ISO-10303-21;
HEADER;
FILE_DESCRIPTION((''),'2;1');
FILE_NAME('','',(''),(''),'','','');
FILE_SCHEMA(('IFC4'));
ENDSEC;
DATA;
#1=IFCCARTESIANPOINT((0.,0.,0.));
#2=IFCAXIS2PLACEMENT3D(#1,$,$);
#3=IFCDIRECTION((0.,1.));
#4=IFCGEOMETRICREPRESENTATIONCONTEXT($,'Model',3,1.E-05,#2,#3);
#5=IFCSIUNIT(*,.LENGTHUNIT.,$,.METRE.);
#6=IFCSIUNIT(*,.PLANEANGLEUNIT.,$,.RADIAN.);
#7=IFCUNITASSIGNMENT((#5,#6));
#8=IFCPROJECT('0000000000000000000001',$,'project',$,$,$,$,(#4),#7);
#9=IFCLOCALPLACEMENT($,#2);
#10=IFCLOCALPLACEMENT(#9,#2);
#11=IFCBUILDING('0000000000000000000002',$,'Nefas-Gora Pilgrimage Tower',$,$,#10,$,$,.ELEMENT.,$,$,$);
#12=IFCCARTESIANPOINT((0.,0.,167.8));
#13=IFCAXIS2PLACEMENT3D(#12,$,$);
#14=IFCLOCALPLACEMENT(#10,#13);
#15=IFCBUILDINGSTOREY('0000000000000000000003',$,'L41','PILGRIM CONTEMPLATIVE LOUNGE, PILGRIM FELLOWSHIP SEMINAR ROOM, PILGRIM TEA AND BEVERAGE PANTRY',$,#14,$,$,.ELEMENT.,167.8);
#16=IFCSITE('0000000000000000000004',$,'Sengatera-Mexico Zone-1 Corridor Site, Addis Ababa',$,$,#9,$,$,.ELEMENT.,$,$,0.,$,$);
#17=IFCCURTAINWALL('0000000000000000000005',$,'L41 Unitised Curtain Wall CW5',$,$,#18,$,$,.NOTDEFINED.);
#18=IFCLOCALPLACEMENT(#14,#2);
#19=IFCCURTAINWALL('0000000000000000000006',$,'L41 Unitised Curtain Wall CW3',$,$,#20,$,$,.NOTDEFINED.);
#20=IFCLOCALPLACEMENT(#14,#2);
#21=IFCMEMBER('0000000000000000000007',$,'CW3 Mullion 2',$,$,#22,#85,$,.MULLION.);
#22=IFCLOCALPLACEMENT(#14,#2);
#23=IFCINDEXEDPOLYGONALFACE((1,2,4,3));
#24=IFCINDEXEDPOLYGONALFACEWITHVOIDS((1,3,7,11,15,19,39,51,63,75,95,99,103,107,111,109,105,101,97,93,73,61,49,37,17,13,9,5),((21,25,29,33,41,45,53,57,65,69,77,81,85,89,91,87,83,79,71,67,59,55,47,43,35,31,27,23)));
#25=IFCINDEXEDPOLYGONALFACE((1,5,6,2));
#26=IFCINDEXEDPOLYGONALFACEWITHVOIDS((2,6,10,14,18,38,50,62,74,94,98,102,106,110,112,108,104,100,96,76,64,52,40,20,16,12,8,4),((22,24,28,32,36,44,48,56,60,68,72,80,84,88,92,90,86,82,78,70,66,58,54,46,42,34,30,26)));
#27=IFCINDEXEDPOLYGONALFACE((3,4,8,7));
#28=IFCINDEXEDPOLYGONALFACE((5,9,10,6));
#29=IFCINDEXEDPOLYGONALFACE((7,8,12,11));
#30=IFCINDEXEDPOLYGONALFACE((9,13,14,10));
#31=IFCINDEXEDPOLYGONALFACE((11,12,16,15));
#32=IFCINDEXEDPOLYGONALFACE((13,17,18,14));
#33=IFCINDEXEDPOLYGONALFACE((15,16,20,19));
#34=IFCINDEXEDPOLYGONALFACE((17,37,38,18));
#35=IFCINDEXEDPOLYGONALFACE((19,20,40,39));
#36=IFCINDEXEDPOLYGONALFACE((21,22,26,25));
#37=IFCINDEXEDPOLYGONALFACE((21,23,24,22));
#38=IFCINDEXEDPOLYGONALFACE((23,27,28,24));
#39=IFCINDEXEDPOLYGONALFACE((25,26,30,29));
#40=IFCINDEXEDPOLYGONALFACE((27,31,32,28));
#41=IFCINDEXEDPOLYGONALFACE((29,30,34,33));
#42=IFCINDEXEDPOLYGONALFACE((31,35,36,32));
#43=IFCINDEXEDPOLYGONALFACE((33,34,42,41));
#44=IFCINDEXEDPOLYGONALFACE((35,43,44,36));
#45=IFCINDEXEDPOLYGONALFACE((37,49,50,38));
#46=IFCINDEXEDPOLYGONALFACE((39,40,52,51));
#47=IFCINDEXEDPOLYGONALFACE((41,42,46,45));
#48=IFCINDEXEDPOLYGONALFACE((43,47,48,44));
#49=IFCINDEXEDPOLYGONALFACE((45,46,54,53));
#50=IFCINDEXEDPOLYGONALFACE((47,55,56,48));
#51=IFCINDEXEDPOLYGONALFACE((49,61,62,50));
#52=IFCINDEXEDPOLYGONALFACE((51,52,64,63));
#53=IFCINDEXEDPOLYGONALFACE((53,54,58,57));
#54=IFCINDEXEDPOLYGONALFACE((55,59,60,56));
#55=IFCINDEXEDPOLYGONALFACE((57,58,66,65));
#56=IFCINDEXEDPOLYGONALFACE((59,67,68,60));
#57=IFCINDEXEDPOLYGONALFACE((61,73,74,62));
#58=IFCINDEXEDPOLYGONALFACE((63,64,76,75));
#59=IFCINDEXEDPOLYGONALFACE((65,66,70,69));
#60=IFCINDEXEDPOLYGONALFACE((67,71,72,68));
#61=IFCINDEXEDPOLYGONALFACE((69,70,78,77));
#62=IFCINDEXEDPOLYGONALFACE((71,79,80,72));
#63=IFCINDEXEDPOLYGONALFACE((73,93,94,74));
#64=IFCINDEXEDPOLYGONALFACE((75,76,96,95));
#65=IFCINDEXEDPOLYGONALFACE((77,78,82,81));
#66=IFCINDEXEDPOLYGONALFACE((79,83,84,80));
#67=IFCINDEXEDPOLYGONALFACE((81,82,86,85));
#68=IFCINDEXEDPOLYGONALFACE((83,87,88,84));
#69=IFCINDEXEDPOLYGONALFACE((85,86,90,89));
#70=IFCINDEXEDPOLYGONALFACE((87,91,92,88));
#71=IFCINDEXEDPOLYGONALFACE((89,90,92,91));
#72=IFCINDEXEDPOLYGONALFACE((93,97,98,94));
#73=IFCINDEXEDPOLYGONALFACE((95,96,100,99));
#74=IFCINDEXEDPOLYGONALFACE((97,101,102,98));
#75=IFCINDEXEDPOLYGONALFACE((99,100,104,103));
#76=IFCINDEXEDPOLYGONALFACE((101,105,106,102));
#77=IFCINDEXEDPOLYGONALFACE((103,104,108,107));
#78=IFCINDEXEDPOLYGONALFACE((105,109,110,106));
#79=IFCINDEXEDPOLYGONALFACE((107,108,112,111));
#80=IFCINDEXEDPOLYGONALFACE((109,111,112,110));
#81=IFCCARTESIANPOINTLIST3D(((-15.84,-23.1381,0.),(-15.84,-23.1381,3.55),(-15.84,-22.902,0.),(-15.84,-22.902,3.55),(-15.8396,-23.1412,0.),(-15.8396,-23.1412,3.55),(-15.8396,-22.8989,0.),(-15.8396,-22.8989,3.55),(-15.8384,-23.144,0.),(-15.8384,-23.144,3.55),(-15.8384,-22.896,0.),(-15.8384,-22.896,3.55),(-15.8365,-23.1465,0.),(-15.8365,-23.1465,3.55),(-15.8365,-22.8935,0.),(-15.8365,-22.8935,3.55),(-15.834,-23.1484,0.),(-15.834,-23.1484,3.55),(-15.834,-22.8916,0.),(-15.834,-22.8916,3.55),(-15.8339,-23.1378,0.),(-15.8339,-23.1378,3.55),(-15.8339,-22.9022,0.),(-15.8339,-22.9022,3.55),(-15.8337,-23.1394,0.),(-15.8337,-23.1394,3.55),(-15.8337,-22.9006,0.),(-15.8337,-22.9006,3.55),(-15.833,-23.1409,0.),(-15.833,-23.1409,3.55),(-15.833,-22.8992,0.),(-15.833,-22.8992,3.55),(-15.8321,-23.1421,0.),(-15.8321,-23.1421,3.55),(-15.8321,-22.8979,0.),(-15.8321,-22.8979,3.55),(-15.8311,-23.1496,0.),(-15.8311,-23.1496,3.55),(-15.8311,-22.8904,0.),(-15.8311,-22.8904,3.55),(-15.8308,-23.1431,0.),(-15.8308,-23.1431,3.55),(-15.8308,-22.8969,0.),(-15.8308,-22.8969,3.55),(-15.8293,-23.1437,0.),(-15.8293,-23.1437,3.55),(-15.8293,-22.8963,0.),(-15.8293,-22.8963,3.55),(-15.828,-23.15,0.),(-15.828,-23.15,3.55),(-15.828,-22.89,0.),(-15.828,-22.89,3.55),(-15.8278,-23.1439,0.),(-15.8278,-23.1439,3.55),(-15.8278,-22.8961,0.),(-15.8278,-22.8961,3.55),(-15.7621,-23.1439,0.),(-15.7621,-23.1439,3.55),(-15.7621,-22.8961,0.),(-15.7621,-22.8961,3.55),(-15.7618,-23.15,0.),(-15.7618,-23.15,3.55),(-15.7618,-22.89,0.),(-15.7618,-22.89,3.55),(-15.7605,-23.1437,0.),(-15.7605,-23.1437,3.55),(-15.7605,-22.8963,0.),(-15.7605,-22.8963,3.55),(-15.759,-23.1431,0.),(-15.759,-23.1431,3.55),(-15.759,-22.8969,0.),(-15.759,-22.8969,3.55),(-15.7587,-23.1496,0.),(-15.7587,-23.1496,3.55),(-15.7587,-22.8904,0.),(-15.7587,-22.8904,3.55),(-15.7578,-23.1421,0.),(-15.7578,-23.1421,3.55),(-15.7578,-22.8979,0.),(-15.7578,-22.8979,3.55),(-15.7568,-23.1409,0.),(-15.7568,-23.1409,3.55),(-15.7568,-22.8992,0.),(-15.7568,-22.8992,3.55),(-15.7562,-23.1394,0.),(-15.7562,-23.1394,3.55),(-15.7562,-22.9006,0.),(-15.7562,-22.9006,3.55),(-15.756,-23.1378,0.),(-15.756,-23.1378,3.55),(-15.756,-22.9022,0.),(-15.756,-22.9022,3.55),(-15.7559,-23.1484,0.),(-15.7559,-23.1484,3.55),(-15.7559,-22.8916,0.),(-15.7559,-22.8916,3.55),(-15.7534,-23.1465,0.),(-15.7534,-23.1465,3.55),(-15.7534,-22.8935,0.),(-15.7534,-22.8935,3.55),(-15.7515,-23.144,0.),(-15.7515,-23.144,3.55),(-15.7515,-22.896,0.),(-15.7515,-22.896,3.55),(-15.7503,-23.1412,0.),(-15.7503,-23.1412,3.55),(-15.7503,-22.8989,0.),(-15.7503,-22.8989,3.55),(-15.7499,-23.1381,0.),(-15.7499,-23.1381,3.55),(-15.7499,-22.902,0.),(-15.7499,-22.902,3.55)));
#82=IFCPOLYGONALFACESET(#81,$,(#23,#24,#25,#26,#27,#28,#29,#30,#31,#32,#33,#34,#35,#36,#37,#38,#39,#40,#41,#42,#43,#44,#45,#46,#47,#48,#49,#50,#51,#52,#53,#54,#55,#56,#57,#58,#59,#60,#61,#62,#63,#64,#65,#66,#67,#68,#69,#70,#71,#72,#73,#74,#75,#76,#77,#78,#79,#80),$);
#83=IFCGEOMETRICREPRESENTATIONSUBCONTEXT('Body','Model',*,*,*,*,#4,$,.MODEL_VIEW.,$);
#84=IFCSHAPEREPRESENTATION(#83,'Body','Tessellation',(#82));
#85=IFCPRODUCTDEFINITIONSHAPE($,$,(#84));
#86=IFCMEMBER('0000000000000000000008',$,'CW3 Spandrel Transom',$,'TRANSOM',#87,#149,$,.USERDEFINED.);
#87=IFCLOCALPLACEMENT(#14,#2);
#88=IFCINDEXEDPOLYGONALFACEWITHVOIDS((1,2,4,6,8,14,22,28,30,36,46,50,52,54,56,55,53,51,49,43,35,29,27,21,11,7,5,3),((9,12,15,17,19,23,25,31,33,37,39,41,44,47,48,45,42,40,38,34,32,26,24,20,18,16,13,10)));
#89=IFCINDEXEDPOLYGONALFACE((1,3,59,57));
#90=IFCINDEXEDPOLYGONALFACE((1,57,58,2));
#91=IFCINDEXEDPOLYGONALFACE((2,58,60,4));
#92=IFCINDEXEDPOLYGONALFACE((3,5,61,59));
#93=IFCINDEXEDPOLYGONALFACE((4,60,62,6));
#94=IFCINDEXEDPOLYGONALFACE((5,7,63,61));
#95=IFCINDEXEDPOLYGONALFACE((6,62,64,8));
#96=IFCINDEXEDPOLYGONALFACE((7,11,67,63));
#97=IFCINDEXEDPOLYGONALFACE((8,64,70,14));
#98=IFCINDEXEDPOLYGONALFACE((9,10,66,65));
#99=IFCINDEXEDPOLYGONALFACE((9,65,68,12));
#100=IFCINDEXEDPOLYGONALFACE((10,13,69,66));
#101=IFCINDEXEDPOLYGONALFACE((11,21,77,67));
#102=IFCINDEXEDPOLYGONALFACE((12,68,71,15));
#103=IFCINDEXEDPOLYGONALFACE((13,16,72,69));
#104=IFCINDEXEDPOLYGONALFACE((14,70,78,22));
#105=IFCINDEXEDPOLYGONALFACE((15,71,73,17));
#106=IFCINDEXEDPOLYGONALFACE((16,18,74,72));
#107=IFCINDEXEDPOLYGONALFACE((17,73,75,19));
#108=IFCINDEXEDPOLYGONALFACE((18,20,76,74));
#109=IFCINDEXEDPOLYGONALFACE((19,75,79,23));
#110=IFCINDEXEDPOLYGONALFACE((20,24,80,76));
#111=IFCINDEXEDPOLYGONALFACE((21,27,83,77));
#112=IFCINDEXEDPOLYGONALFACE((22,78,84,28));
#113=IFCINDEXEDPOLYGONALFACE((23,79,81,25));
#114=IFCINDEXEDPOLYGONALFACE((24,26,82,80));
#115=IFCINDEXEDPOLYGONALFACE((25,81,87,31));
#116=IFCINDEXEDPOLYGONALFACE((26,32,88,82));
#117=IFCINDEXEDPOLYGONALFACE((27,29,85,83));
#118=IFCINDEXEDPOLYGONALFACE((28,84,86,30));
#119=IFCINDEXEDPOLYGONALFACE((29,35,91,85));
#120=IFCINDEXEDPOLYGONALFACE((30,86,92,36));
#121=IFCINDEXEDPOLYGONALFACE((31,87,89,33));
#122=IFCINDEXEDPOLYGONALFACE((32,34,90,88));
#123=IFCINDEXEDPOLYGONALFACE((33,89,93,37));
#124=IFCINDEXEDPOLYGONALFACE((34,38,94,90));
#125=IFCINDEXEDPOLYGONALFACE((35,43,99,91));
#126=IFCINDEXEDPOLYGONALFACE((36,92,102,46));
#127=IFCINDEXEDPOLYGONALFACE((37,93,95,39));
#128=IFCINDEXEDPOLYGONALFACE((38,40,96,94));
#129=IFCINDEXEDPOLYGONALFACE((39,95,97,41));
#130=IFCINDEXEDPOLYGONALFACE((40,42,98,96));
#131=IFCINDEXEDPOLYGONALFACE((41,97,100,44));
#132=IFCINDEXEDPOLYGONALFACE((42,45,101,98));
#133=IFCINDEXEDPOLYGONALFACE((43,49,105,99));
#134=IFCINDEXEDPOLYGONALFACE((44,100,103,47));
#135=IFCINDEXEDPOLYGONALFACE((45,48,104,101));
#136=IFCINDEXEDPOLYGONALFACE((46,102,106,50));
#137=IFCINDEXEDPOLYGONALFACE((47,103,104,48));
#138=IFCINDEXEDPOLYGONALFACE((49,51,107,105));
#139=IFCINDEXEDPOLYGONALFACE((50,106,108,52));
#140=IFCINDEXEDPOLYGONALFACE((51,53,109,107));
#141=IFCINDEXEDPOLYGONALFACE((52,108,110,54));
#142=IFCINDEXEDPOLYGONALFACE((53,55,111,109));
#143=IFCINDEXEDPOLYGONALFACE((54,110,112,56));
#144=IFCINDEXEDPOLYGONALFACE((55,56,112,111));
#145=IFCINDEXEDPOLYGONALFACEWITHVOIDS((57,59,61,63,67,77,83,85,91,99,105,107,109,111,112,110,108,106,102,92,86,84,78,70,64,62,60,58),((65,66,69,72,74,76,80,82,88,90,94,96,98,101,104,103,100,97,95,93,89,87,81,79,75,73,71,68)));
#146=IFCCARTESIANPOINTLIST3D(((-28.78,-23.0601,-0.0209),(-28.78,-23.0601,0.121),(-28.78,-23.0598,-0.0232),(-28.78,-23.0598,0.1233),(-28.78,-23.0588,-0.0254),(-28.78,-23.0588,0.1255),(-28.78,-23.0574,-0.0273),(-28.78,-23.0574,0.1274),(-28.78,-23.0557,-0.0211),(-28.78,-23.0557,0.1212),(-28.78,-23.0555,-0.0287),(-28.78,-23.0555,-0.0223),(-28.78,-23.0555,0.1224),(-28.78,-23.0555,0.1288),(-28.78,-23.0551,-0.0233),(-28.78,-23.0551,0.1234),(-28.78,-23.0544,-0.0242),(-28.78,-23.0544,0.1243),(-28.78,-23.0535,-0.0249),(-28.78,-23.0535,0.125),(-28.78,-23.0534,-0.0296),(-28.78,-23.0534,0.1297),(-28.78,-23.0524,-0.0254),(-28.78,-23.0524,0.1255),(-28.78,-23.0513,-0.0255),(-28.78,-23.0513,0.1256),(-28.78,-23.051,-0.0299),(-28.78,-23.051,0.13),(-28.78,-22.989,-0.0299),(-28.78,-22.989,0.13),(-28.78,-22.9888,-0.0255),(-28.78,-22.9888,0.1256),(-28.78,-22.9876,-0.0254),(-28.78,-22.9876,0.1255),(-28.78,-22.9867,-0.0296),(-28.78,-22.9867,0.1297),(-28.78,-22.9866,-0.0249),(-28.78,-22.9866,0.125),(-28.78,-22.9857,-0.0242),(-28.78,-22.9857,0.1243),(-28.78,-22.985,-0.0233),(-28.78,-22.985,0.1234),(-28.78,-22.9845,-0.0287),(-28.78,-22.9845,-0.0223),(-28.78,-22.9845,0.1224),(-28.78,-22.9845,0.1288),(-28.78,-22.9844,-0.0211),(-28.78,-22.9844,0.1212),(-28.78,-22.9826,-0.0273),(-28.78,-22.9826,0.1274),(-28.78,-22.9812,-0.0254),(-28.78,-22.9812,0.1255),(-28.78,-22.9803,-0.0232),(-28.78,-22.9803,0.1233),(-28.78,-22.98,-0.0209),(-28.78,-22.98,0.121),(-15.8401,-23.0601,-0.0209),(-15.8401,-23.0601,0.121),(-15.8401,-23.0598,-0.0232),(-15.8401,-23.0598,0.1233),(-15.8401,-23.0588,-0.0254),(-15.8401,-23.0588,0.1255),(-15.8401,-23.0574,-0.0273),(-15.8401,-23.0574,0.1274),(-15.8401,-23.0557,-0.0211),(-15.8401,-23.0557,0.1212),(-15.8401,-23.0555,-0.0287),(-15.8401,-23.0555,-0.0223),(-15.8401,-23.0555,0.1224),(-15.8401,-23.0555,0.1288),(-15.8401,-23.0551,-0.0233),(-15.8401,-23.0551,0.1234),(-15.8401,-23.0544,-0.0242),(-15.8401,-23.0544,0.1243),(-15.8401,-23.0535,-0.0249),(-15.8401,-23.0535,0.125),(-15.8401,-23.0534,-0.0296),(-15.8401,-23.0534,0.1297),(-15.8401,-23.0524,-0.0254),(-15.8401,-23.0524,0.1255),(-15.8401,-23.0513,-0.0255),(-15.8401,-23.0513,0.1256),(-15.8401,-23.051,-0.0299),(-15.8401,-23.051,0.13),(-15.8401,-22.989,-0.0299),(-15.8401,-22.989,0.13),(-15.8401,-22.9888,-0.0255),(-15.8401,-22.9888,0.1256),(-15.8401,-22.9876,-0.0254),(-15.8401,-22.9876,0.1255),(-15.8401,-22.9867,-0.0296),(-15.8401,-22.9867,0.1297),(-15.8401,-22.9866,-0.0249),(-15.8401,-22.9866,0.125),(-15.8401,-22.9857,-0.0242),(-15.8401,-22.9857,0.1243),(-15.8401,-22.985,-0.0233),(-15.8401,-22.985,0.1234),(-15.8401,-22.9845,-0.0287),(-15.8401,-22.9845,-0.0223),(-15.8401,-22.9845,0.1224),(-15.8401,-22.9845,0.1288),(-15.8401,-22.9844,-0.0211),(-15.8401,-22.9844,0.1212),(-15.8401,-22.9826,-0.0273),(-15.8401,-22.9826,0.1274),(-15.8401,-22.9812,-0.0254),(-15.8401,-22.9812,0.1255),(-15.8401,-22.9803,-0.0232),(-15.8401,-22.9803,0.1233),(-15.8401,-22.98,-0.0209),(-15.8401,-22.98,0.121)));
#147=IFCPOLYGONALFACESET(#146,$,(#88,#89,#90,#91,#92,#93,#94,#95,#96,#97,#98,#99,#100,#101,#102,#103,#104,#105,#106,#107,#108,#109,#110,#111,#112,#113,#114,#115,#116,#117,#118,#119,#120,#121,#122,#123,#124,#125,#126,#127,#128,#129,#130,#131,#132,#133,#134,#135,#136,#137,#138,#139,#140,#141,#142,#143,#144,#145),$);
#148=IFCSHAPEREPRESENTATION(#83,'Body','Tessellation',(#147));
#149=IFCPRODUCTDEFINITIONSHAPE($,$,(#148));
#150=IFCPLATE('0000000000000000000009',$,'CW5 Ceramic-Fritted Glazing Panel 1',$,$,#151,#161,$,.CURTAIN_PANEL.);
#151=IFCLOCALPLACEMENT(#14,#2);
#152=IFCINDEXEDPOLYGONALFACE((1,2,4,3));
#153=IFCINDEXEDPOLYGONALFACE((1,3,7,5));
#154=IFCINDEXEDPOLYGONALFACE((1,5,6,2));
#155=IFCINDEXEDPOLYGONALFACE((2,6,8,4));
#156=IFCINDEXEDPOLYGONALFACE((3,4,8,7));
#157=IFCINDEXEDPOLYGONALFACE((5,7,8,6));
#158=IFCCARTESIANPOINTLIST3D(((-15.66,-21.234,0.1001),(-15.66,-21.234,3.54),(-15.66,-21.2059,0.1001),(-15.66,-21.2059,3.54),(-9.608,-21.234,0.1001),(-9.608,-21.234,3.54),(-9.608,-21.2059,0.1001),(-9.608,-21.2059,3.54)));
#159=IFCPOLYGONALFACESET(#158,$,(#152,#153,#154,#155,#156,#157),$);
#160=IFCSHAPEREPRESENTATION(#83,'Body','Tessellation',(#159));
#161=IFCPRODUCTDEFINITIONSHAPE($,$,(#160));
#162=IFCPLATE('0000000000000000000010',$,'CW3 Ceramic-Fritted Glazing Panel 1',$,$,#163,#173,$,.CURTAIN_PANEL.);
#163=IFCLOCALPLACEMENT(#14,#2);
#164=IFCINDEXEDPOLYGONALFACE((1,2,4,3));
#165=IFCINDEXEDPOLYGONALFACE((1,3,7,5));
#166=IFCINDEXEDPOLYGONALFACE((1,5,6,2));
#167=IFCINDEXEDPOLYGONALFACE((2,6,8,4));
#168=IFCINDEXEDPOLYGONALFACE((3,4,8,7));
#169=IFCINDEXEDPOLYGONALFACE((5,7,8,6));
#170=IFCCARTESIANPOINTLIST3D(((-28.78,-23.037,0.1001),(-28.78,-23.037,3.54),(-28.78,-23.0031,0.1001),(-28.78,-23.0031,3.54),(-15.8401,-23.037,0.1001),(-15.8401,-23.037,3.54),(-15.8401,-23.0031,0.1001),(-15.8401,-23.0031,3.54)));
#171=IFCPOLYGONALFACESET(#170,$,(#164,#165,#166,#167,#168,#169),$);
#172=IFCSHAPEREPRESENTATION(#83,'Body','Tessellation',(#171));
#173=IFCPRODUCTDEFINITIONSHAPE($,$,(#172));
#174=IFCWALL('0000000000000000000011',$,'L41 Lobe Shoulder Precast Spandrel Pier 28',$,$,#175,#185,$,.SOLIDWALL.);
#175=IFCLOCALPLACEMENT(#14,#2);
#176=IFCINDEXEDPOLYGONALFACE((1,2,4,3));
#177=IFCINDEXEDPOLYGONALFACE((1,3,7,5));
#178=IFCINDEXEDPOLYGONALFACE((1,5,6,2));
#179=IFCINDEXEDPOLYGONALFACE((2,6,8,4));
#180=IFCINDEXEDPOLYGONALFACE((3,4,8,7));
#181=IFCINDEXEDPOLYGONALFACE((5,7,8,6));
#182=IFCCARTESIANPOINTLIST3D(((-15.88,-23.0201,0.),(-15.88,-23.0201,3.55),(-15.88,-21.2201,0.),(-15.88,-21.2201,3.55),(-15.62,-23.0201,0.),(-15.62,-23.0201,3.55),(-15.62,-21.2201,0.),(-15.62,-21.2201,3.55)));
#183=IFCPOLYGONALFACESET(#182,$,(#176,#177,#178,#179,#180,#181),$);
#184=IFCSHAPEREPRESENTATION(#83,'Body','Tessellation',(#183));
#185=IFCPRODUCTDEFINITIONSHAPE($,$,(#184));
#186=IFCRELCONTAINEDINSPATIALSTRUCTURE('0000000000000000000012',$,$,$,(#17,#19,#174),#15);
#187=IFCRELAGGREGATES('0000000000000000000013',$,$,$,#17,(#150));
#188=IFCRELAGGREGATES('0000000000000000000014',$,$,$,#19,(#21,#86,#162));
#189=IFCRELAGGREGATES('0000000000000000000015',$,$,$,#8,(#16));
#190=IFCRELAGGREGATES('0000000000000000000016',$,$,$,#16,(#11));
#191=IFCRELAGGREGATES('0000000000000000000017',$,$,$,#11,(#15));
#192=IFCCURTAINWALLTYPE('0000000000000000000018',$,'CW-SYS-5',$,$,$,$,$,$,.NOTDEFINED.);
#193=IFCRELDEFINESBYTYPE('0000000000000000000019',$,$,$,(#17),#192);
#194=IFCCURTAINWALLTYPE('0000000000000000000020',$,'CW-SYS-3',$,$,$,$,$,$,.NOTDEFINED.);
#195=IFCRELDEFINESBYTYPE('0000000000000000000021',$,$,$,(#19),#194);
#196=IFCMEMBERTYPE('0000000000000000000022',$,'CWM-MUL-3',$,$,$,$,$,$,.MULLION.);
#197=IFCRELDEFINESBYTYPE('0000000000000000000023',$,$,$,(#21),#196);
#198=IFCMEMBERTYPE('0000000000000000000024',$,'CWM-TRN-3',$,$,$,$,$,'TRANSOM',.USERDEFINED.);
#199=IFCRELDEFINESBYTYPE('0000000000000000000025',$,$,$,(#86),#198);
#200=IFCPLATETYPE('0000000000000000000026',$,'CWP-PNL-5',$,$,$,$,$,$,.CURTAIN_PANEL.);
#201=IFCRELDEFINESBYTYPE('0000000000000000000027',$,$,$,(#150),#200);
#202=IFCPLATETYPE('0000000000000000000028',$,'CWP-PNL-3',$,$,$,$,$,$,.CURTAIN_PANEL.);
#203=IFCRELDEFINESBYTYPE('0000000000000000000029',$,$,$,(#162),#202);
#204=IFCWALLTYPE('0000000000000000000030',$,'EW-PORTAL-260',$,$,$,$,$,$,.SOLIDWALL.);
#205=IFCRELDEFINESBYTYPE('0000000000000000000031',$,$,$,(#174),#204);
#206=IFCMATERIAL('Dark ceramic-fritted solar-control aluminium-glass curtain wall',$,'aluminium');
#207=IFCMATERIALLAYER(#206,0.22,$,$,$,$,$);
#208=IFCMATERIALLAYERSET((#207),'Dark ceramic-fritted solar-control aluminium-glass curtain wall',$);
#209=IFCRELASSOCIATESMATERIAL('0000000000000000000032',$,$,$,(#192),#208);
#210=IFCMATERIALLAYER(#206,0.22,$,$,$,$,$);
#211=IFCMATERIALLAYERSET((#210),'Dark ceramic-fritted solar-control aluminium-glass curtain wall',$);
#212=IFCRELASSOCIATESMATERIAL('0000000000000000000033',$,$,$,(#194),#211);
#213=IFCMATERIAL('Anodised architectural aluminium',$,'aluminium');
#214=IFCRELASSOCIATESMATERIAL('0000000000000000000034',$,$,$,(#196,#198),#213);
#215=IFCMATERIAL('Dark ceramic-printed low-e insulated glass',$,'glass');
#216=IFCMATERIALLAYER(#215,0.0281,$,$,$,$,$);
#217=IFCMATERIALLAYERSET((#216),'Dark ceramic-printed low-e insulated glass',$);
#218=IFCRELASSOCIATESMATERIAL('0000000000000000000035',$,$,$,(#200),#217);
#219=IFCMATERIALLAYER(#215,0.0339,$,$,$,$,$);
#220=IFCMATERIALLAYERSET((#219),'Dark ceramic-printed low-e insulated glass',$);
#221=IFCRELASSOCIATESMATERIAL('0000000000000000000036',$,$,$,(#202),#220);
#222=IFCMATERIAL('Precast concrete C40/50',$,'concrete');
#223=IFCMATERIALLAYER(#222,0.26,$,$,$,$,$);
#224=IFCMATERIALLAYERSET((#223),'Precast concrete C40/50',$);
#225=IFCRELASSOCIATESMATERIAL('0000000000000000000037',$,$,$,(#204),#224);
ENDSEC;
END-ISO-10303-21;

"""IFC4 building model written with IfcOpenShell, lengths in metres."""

from ifc_helpers import new_model, si_unit, direction, frame, frame_2d, origin, origin_2d, place, context, subcontext, project, spatial, rectangle, hollow_rectangle, extrude, source, transform, mapped, material, layer, layer_set, material_profile, profile_set, type_object, element, aggregate, save


model = new_model("IFC4")

# Units and contexts
model_context = context("Model", 3, precision=1e-05, world=origin(), true_north=direction((0.0, 1.0)))
body_context = subcontext(model_context, "Body", "Model", "MODEL_VIEW")
ifc_project = project(units=[si_unit("LENGTHUNIT", "METRE"), si_unit("PLANEANGLEUNIT", "RADIAN")], contexts=[model_context])

# Site, building, storey
site_placement = place(None, origin())
site = spatial("IfcSite", under=ifc_project, at=site_placement, Name="Sengatera-Mexico Zone-1 Corridor Site, Addis Ababa", CompositionType="ELEMENT", RefElevation=0.0)
building_placement = place(site_placement, origin())
building = spatial("IfcBuilding", under=site, at=building_placement, Name="Nefas-Gora Pilgrimage Tower", CompositionType="ELEMENT")
storey_placement = place(building_placement, frame((0.0, 0.0, 167.8)))
storey = spatial("IfcBuildingStorey", under=building, at=storey_placement, Name="L41", Description="PILGRIM CONTEMPLATIVE LOUNGE, PILGRIM FELLOWSHIP SEMINAR ROOM, PILGRIM TEA AND BEVERAGE PANTRY", CompositionType="ELEMENT", Elevation=167.8)

# Curtain wall
ifc_material_1 = material(Name="Dark ceramic-fritted solar-control aluminium-glass curtain wall", Category="aluminium")
ifc_layer_1 = layer(ifc_material_1, 0.22)
ifc_layer_set_1 = layer_set([ifc_layer_1], Name="Dark ceramic-fritted solar-control aluminium-glass curtain wall")
curtain_wall_type_1 = type_object("IfcCurtainWallType", Name="CW-SYS-5", PredefinedType="NOTDEFINED", material=ifc_layer_set_1)
curtain_wall_1_placement = place(storey_placement, origin())
curtain_wall_1 = element("IfcCurtainWall", 1, at=curtain_wall_1_placement, inside=storey, type_object=curtain_wall_type_1, Name="L41 Unitised Curtain Wall CW5", PredefinedType="NOTDEFINED")
ifc_material_2 = material(Name="Anodised architectural aluminium", Category="aluminium")

# Shared definitions
ifc_layer_2 = layer(ifc_material_1, 0.22)
ifc_layer_set_2 = layer_set([ifc_layer_2], Name="Dark ceramic-fritted solar-control aluminium-glass curtain wall")
curtain_wall_type_2 = type_object("IfcCurtainWallType", Name="CW-SYS-3", PredefinedType="NOTDEFINED", material=ifc_layer_set_2)
ifc_material_profile_1 = material_profile(ifc_material_2, hollow_rectangle(XDim=0.0901, YDim=0.26, WallThickness=0.0061, InnerFilletRadius=0.0061, OuterFilletRadius=0.012, at=origin_2d()), Name="ALU MULLION 90x260")
ifc_profile_set_1 = profile_set([ifc_material_profile_1], Name="Anodised architectural aluminium")
member_type_1 = type_object("IfcMemberType", Name="CWM-MUL-3", PredefinedType="MULLION", material=ifc_profile_set_1)
shared_shape_1 = source(origin(), body_context, "Body", "SweptSolid", [
    extrude(hollow_rectangle(XDim=0.0901, YDim=0.26, WallThickness=0.0061, InnerFilletRadius=0.0061, OuterFilletRadius=0.012, at=origin_2d()), origin(), (0.0, 0.0, 1.0), 3.55),
])

# Curtain wall, members
curtain_wall_2_placement = place(storey_placement, origin())
curtain_wall_2 = element("IfcCurtainWall", 2, at=curtain_wall_2_placement, inside=storey, type_object=curtain_wall_type_2, Name="L41 Unitised Curtain Wall CW3", PredefinedType="NOTDEFINED")
member_1_placement = place(storey_placement, frame((-15.7949, -23.02, 0.0), z_axis=(0.0, 0.0, 1.0), x_axis=(1.0, 0.0, 0.0)))
member_1 = element("IfcMember", 3, at=member_1_placement, type_object=member_type_1, Name="CW3 Mullion 2", PredefinedType="MULLION", context=body_context, shape_type="MappedRepresentation", body=[
    mapped(shared_shape_1, transform((0.0, 0.0, 0.0), x_axis=(1.0, 0.0, 0.0), y_axis=(0.0, 1.0, 0.0), z_axis=(0.0, 0.0, 1.0), scale=1.0)),
])
ifc_material_profile_2 = material_profile(ifc_material_2, hollow_rectangle(XDim=0.0801, YDim=0.1599, WallThickness=0.0044, InnerFilletRadius=0.0044, OuterFilletRadius=0.009, at=origin_2d()), Name="ALU TRANSOM 80x160")
ifc_profile_set_2 = profile_set([ifc_material_profile_2], Name="Anodised architectural aluminium")
member_type_2 = type_object("IfcMemberType", Name="CWM-TRN-3", ElementType="TRANSOM", PredefinedType="USERDEFINED", material=ifc_profile_set_2)
shared_shape_2 = source(origin(), body_context, "Body", "SweptSolid", [
    extrude(hollow_rectangle(XDim=0.0801, YDim=0.1599, WallThickness=0.0044, InnerFilletRadius=0.0044, OuterFilletRadius=0.009, at=origin_2d()), origin(), (0.0, 0.0, 1.0), 12.9399),
])
member_2_placement = place(storey_placement, frame((-28.78, -23.02, 0.05), z_axis=(1.0, 0.0, 0.0), x_axis=(0.0, 1.0, 0.0)))
member_2 = element("IfcMember", 4, at=member_2_placement, type_object=member_type_2, Name="CW3 Spandrel Transom", ObjectType="TRANSOM", PredefinedType="USERDEFINED", context=body_context, shape_type="MappedRepresentation", body=[
    mapped(shared_shape_2, transform((0.0, 0.0, 0.0), x_axis=(1.0, 0.0, 0.0), y_axis=(0.0, 1.0, 0.0), z_axis=(0.0, 0.0, 1.0), scale=1.0)),
])

# Plates
ifc_material_3 = material(Name="Dark ceramic-printed low-e insulated glass", Category="glass")
ifc_layer_3 = layer(ifc_material_3, 0.0281)
ifc_layer_set_3 = layer_set([ifc_layer_3], Name="Dark ceramic-printed low-e insulated glass")
plate_type_1 = type_object("IfcPlateType", Name="CWP-PNL-5", PredefinedType="CURTAIN_PANEL", material=ifc_layer_set_3)
shared_shape_3 = source(origin(), body_context, "Body", "SweptSolid", [
    extrude(rectangle(XDim=6.052, YDim=0.0281, at=origin_2d()), origin(), (0.0, 0.0, 1.0), 3.4399),
])
plate_1_placement = place(storey_placement, frame((-12.634, -21.22, 0.1001), z_axis=(0.0, 0.0, 1.0), x_axis=(1.0, 0.0, 0.0)))
plate_1 = element("IfcPlate", 5, at=plate_1_placement, type_object=plate_type_1, Name="CW5 Ceramic-Fritted Glazing Panel 1", PredefinedType="CURTAIN_PANEL", context=body_context, shape_type="MappedRepresentation", body=[
    mapped(shared_shape_3, transform((0.0, 0.0, 0.0), x_axis=(1.0, 0.0, 0.0), y_axis=(0.0, 1.0, 0.0), z_axis=(0.0, 0.0, 1.0), scale=1.0)),
])
aggregate(curtain_wall_1, [plate_1])
ifc_layer_4 = layer(ifc_material_3, 0.0339)
ifc_layer_set_4 = layer_set([ifc_layer_4], Name="Dark ceramic-printed low-e insulated glass")
plate_type_2 = type_object("IfcPlateType", Name="CWP-PNL-3", PredefinedType="CURTAIN_PANEL", material=ifc_layer_set_4)
shared_shape_4 = source(origin(), body_context, "Body", "SweptSolid", [
    extrude(rectangle(XDim=12.9399, YDim=0.0339, at=origin_2d()), origin(), (0.0, 0.0, 1.0), 3.4399),
])
plate_2_placement = place(storey_placement, frame((-22.3101, -23.02, 0.1001), z_axis=(0.0, 0.0, 1.0), x_axis=(1.0, 0.0, 0.0)))
plate_2 = element("IfcPlate", 6, at=plate_2_placement, type_object=plate_type_2, Name="CW3 Ceramic-Fritted Glazing Panel 1", PredefinedType="CURTAIN_PANEL", context=body_context, shape_type="MappedRepresentation", body=[
    mapped(shared_shape_4, transform((0.0, 0.0, 0.0), x_axis=(1.0, 0.0, 0.0), y_axis=(0.0, 1.0, 0.0), z_axis=(0.0, 0.0, 1.0), scale=1.0)),
])
aggregate(curtain_wall_2, [member_1, member_2, plate_2])

# Wall
ifc_material_4 = material(Name="Precast concrete C40/50", Category="concrete")
ifc_layer_5 = layer(ifc_material_4, 0.26)
ifc_layer_set_5 = layer_set([ifc_layer_5], Name="Precast concrete C40/50")
wall_type_1 = type_object("IfcWallType", Name="EW-PORTAL-260", PredefinedType="SOLIDWALL", material=ifc_layer_set_5)
shared_shape_5 = source(origin(), body_context, "Body", "SweptSolid", [
    extrude(rectangle(XDim=1.8, YDim=0.26, at=frame_2d((0.8999, 0.0))), origin(), (0.0, 0.0, 1.0), 3.55),
])
wall_1_placement = place(storey_placement, frame((-15.75, -23.02, 0.0), z_axis=(0.0, 0.0, 1.0), x_axis=(0.0, 1.0, 0.0)))
element("IfcWall", 7, at=wall_1_placement, inside=storey, type_object=wall_type_1, Name="L41 Lobe Shoulder Precast Spandrel Pier 28", PredefinedType="SOLIDWALL", context=body_context, shape_type="MappedRepresentation", body=[
    mapped(shared_shape_5, transform((0.0, 0.0, 0.0), x_axis=(1.0, 0.0, 0.0), y_axis=(0.0, 1.0, 0.0), z_axis=(0.0, 0.0, 1.0), scale=1.0)),
])

save(model, "model.ifc")
